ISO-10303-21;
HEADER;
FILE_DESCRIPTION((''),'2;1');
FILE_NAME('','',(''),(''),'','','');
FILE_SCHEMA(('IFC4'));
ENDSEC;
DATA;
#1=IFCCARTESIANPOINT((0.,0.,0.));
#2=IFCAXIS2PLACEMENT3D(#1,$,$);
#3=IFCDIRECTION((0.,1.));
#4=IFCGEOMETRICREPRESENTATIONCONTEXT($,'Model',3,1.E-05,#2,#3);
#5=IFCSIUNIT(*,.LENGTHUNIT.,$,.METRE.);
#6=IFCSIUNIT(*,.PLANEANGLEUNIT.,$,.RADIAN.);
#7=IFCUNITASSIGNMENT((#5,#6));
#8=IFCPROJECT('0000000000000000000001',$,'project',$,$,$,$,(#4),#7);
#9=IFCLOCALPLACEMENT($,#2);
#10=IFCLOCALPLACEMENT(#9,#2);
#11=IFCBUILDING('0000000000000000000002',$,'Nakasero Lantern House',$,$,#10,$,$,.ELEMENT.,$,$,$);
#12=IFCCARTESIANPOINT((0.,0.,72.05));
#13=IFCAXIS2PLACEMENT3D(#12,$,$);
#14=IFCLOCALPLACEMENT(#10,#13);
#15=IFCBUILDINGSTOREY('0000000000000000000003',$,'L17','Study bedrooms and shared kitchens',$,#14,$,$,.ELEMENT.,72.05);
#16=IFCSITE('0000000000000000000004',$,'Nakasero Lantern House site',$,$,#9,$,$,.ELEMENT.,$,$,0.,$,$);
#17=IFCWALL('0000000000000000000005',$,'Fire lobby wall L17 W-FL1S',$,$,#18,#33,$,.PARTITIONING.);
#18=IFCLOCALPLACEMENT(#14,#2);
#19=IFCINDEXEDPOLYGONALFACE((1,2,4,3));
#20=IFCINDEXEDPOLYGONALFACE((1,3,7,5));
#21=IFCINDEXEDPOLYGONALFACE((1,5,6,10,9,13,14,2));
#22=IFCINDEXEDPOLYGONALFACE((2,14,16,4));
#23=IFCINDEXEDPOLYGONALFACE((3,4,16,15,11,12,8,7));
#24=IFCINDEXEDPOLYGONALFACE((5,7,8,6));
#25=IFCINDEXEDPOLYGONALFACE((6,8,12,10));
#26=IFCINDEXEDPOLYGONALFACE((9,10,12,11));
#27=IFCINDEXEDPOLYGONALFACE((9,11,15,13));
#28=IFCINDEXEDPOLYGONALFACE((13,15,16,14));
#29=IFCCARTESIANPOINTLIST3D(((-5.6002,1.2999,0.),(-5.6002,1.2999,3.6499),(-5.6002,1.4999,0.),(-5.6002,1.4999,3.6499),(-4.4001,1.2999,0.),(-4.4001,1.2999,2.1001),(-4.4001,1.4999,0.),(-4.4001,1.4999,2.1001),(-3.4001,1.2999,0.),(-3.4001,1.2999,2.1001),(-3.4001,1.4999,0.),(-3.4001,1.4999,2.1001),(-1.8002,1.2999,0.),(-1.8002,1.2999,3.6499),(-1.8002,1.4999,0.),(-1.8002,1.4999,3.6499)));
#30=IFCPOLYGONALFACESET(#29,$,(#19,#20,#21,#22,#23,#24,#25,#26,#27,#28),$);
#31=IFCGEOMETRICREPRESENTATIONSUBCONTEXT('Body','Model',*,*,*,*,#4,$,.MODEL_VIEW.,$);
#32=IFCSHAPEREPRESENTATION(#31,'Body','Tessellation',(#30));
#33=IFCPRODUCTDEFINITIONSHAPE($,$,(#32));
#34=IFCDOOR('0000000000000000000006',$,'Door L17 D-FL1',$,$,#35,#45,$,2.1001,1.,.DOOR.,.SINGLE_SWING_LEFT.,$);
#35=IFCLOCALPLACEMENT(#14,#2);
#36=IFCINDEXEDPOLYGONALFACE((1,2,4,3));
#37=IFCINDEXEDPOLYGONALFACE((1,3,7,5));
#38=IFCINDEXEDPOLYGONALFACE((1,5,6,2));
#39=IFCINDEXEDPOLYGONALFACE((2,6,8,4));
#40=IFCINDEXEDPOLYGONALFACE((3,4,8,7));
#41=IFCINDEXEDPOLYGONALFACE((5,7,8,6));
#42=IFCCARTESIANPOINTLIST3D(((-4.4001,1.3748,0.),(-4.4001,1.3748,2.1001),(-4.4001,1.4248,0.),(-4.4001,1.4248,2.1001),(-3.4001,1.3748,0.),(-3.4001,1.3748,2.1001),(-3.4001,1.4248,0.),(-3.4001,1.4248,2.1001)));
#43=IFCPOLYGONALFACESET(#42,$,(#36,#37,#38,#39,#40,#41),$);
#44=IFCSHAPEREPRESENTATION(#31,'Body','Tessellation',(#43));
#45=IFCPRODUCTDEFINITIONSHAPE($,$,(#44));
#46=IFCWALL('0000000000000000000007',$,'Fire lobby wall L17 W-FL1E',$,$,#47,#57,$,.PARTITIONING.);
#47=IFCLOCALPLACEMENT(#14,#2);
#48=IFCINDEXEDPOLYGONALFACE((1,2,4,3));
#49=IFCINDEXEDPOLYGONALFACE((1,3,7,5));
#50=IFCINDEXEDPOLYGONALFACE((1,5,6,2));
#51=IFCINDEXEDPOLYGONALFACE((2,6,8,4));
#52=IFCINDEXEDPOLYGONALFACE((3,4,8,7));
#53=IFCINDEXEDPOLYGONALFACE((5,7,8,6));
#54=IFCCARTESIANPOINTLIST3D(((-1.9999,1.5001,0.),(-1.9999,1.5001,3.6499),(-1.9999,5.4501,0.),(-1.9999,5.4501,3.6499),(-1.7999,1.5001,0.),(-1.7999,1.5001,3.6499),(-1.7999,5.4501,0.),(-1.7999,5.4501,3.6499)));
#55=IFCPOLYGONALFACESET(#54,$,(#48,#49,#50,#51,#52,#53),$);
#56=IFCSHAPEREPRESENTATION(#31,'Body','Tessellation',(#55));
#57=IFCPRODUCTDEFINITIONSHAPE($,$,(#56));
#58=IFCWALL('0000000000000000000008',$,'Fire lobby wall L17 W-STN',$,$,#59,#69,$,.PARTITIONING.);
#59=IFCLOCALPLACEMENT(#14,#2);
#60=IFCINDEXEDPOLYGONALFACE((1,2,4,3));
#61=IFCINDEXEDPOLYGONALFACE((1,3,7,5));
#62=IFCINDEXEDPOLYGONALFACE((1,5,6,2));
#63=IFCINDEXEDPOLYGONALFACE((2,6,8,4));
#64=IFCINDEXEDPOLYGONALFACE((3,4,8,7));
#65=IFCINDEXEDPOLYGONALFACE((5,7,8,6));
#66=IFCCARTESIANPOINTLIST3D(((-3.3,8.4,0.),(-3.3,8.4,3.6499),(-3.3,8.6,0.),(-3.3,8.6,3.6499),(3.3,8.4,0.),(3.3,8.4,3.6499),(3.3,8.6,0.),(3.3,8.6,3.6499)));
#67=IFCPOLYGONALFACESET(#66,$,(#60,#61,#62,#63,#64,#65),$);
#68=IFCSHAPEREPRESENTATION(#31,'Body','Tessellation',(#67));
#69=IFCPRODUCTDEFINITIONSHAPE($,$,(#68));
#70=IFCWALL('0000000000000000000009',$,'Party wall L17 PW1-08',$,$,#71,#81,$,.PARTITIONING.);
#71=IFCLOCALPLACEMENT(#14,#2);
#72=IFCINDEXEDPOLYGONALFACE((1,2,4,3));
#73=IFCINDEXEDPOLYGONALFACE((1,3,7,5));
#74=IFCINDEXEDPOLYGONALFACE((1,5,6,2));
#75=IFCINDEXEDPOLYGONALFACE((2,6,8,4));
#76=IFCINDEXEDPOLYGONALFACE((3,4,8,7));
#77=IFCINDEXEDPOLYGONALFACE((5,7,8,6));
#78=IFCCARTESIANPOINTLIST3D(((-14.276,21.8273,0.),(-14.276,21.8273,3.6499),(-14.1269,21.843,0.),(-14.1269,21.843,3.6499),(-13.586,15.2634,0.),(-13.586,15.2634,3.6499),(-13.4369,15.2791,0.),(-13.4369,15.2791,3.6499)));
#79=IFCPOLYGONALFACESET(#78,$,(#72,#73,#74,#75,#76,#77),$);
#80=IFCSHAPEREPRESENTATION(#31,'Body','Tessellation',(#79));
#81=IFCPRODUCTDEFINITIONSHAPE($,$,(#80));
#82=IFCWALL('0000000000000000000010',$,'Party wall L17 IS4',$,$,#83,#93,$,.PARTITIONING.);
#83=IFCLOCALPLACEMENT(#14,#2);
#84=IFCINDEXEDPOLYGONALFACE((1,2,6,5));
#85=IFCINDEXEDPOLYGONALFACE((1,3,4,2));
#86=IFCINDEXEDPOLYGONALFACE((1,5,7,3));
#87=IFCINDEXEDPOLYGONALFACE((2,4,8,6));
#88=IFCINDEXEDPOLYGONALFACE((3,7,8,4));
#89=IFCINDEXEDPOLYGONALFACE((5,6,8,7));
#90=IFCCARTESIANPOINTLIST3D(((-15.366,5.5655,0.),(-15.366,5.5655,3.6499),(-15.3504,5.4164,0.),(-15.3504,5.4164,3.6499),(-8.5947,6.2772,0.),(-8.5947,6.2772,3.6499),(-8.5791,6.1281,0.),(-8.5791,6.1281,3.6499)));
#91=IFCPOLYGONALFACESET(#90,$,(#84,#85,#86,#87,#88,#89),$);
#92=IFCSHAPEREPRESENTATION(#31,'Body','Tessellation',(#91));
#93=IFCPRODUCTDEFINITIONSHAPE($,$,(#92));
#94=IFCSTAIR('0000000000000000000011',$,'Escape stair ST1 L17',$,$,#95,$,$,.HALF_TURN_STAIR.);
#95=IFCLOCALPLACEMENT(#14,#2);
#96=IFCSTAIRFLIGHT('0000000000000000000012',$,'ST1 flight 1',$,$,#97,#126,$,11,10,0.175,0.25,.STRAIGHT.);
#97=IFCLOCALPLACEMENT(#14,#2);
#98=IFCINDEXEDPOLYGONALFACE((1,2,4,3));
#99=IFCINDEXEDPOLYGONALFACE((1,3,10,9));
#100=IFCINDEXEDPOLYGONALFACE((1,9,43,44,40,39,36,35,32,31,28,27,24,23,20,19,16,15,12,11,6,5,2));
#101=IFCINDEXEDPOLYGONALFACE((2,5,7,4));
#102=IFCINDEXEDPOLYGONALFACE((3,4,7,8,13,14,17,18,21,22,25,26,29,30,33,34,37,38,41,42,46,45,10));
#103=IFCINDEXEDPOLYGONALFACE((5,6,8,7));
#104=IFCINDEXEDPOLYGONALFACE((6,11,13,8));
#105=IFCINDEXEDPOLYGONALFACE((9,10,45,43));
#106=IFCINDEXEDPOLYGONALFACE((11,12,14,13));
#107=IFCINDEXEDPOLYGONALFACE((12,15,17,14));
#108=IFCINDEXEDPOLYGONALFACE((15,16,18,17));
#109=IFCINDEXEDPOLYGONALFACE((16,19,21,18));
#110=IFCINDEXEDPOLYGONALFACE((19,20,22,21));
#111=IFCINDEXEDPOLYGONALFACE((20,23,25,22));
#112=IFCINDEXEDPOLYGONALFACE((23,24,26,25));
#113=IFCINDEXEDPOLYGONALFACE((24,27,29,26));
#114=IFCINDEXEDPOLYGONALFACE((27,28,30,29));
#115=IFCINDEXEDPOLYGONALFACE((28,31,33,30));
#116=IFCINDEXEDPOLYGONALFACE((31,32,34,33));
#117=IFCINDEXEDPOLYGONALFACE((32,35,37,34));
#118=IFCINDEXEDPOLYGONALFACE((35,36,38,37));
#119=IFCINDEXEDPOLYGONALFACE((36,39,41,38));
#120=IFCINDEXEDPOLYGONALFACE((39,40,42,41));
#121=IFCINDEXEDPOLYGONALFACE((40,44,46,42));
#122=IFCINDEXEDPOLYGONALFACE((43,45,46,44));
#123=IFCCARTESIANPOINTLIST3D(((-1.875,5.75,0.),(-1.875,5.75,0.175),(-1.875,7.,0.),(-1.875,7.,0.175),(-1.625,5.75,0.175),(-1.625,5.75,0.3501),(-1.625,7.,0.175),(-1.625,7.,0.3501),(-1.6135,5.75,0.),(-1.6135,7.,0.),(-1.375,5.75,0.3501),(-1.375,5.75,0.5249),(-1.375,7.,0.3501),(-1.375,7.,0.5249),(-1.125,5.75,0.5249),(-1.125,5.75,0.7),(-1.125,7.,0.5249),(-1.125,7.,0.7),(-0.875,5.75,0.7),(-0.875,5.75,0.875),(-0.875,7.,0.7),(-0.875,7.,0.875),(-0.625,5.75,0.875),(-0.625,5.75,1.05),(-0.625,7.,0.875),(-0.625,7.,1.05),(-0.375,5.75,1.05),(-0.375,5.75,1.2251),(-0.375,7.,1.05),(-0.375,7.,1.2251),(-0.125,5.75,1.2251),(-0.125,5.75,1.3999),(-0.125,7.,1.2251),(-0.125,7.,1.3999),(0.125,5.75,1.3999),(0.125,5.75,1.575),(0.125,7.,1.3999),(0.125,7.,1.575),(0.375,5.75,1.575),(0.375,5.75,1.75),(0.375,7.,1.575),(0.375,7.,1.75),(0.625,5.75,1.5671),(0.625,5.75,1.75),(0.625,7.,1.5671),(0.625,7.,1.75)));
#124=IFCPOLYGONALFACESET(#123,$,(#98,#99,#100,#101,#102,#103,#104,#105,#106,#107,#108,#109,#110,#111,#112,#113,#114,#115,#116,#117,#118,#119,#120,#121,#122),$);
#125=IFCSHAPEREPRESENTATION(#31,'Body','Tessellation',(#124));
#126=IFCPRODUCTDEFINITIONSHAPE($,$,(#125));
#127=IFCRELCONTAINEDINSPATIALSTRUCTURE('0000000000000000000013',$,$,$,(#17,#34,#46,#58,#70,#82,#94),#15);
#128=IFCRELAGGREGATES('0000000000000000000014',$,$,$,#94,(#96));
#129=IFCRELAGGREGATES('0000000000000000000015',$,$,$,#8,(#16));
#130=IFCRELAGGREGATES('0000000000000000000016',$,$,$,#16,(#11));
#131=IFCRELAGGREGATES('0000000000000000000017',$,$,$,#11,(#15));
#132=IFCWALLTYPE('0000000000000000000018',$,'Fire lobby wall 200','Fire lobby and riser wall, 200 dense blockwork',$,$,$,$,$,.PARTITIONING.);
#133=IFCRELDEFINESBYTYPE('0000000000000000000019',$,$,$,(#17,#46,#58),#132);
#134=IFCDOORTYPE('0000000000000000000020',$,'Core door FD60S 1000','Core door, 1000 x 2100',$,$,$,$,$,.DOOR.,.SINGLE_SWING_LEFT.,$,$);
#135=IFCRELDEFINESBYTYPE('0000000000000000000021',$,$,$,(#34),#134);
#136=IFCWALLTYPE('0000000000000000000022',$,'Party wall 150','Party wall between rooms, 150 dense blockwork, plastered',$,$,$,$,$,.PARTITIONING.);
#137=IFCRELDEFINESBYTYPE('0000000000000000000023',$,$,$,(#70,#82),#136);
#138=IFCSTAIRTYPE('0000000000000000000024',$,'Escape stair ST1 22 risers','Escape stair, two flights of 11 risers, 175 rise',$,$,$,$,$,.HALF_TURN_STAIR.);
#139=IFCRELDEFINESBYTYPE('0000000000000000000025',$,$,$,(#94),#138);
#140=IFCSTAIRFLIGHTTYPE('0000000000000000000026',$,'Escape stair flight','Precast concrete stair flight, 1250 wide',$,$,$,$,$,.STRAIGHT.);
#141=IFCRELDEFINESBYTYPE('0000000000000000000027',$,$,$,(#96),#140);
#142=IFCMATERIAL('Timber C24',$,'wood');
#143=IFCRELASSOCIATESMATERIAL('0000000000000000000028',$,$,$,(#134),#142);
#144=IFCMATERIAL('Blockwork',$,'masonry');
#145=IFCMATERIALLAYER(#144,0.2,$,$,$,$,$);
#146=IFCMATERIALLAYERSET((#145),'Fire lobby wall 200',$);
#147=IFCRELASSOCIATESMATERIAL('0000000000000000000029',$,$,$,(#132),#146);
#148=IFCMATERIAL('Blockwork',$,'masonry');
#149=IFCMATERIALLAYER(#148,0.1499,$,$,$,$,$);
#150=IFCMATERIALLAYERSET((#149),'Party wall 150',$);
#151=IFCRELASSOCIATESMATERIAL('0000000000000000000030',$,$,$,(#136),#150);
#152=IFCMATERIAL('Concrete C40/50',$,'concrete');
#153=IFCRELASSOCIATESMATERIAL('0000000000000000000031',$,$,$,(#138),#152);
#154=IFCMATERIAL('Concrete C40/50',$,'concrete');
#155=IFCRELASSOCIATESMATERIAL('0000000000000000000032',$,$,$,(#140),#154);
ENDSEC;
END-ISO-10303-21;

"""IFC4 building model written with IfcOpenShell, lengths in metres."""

from ifc_helpers import new_model, si_unit, direction, frame, frame_2d, origin, place, context, subcontext, project, spatial, polyline, rectangle, outline, extrude, material, layer, layer_set, type_object, element, fill, aggregate, save


model = new_model("IFC4")

# Units and contexts
model_context = context("Model", 3, precision=1e-05, world=origin(), true_north=direction((0.0, 1.0)))
body_context = subcontext(model_context, "Body", "Model", "MODEL_VIEW")
ifc_project = project(units=[si_unit("LENGTHUNIT", "METRE"), si_unit("PLANEANGLEUNIT", "RADIAN")], contexts=[model_context])

# Site, building, storey
site_placement = place(None, origin())
site = spatial("IfcSite", under=ifc_project, at=site_placement, Name="Nakasero Lantern House site", CompositionType="ELEMENT", RefElevation=0.0)
building_placement = place(site_placement, origin())
building = spatial("IfcBuilding", under=site, at=building_placement, Name="Nakasero Lantern House", CompositionType="ELEMENT")
storey_placement = place(building_placement, frame((0.0, 0.0, 72.05)))
storey = spatial("IfcBuildingStorey", under=building, at=storey_placement, Name="L17", Description="Study bedrooms and shared kitchens", CompositionType="ELEMENT", Elevation=72.05)

# Shared definitions
ifc_material_1 = material(Name="Timber C24", Category="wood")
door_type_1 = type_object("IfcDoorType", Name="Core door FD60S 1000", Description="Core door, 1000 x 2100", OperationType="SINGLE_SWING_LEFT", PredefinedType="DOOR", material=ifc_material_1)

# Wall, opening, door
ifc_material_2 = material(Name="Blockwork", Category="masonry")
ifc_layer_1 = layer(ifc_material_2, 0.2)
ifc_layer_set_1 = layer_set([ifc_layer_1], Name="Fire lobby wall 200")
wall_type_1 = type_object("IfcWallType", Name="Fire lobby wall 200", Description="Fire lobby and riser wall, 200 dense blockwork", PredefinedType="PARTITIONING", material=ifc_layer_set_1)
wall_1_placement = place(storey_placement, frame((-5.6001, 1.3999, 0.0), z_axis=(0.0, 0.0, 1.0), x_axis=(1.0, 0.0, 0.0)))
wall_1 = element("IfcWall", 1, at=wall_1_placement, inside=storey, type_object=wall_type_1, Name="Fire lobby wall L17 W-FL1S", PredefinedType="PARTITIONING", context=body_context, shape_type="SweptSolid", body=[
    extrude(rectangle(XDim=3.8, YDim=0.2, at=frame_2d((1.8999, 0.0))), origin(), (0.0, 0.0, 1.0), 3.6499),
])
opening_1_placement = place(wall_1_placement, frame((1.2, 0.0, 0.0)))
opening_1 = element("IfcOpeningElement", 2, at=opening_1_placement, cuts=wall_1, PredefinedType="OPENING", context=body_context, shape_type="SweptSolid", body=[
    extrude(rectangle(XDim=1.0, YDim=2.1001, at=frame_2d((0.5, 1.05))), frame((0.0, 0.1199, 0.0), z_axis=(0.0, -1.0, 0.0), x_axis=(1.0, 0.0, 0.0)), (0.0, 0.0, 1.0), 0.24),
])
door_1_placement = place(opening_1_placement, origin())
door_1 = element("IfcDoor", 3, at=door_1_placement, inside=storey, type_object=door_type_1, Name="Door L17 D-FL1", OperationType="SINGLE_SWING_LEFT", OverallHeight=2.1001, OverallWidth=1.0, PredefinedType="DOOR", context=body_context, shape_type="SweptSolid", body=[
    extrude(rectangle(XDim=1.0, YDim=2.1001, at=frame_2d((0.5, 1.05))), frame((0.0, 0.0249, 0.0), z_axis=(0.0, -1.0, 0.0), x_axis=(1.0, 0.0, 0.0)), (0.0, 0.0, 1.0), 0.05),
])
fill(opening_1, door_1)

# Walls
wall_2_placement = place(storey_placement, frame((-1.8999, 1.5, 0.0), z_axis=(0.0, 0.0, 1.0), x_axis=(0.0, 1.0, 0.0)))
element("IfcWall", 4, at=wall_2_placement, inside=storey, type_object=wall_type_1, Name="Fire lobby wall L17 W-FL1E", PredefinedType="PARTITIONING", context=body_context, shape_type="SweptSolid", body=[
    extrude(rectangle(XDim=3.95, YDim=0.2, at=frame_2d((1.9751, 0.0))), origin(), (0.0, 0.0, 1.0), 3.6499),
])
wall_3_placement = place(storey_placement, frame((-3.3, 8.5, 0.0), z_axis=(0.0, 0.0, 1.0), x_axis=(1.0, 0.0, 0.0)))
element("IfcWall", 5, at=wall_3_placement, inside=storey, type_object=wall_type_1, Name="Fire lobby wall L17 W-STN", PredefinedType="PARTITIONING", context=body_context, shape_type="SweptSolid", body=[
    extrude(rectangle(XDim=6.6001, YDim=0.2, at=frame_2d((3.3, 0.0))), origin(), (0.0, 0.0, 1.0), 3.6499),
])
ifc_material_3 = material(Name="Blockwork", Category="masonry")
ifc_layer_2 = layer(ifc_material_3, 0.1499)
ifc_layer_set_2 = layer_set([ifc_layer_2], Name="Party wall 150")
wall_type_2 = type_object("IfcWallType", Name="Party wall 150", Description="Party wall between rooms, 150 dense blockwork, plastered", PredefinedType="PARTITIONING", material=ifc_layer_set_2)
wall_4_placement = place(storey_placement, frame((-13.5115, 15.2712, 0.0), z_axis=(0.0, 0.0, 1.0), x_axis=(-0.104535, 0.994521, 0.0)))
element("IfcWall", 6, at=wall_4_placement, inside=storey, type_object=wall_type_2, Name="Party wall L17 PW1-08", PredefinedType="PARTITIONING", context=body_context, shape_type="SweptSolid", body=[
    extrude(rectangle(XDim=6.6001, YDim=0.1499, at=frame_2d((3.3, 0.0))), origin(), (0.0, 0.0, 1.0), 3.6499),
])
wall_5_placement = place(storey_placement, frame((-8.5869, 6.2026, 0.0), z_axis=(0.0, 0.0, 1.0), x_axis=(-0.994522, -0.104526, 0.0)))
element("IfcWall", 7, at=wall_5_placement, inside=storey, type_object=wall_type_2, Name="Party wall L17 IS4", PredefinedType="PARTITIONING", context=body_context, shape_type="SweptSolid", body=[
    extrude(rectangle(XDim=6.8086, YDim=0.1499, at=frame_2d((3.4043, 0.0))), origin(), (0.0, 0.0, 1.0), 3.6499),
])

# Stair, stair flight
ifc_material_4 = material(Name="Concrete C40/50", Category="concrete")
stair_type = type_object("IfcStairType", Name="Escape stair ST1 22 risers", Description="Escape stair, two flights of 11 risers, 175 rise", PredefinedType="HALF_TURN_STAIR", material=ifc_material_4)
stair_placement = place(storey_placement, origin())
stair = element("IfcStair", 8, at=stair_placement, inside=storey, type_object=stair_type, Name="Escape stair ST1 L17", PredefinedType="HALF_TURN_STAIR")
ifc_material_5 = material(Name="Concrete C40/50", Category="concrete")
stair_flight_type = type_object("IfcStairFlightType", Name="Escape stair flight", Description="Precast concrete stair flight, 1250 wide", PredefinedType="STRAIGHT", material=ifc_material_5)
stair_flight_placement = place(storey_placement, frame((-1.875, 6.375, 0.0), z_axis=(0.0, 0.0, 1.0), x_axis=(1.0, 0.0, 0.0)))
stair_flight = element("IfcStairFlight", 9, at=stair_flight_placement, type_object=stair_flight_type, Name="ST1 flight 1", NumberOfRisers=11, NumberOfTreads=10, PredefinedType="STRAIGHT", RiserHeight=0.175, TreadLength=0.25, context=body_context, shape_type="SweptSolid", body=[
    extrude(outline(polyline([(0.0, 0.0), (0.0, 0.175), (0.25, 0.175), (0.25, 0.3501), (0.5, 0.3501), (0.5, 0.5249), (0.75, 0.5249), (0.75, 0.7), (1.0, 0.7), (1.0, 0.875), (1.25, 0.875), (1.25, 1.05), (1.5, 1.05), (1.5, 1.2251), (1.75, 1.2251), (1.75, 1.3999), (2.0, 1.3999), (2.0, 1.575), (2.25, 1.575), (2.25, 1.75), (2.5, 1.75), (2.5, 1.925), (2.5, 1.5671), (0.2615, 0.0), (0.0, 0.0)])), frame((0.0, 0.625, 0.0), z_axis=(0.0, -1.0, 0.0), x_axis=(1.0, 0.0, 0.0)), (0.0, 0.0, 1.0), 1.25),
])
aggregate(stair, [stair_flight])

save(model, "model.ifc")
